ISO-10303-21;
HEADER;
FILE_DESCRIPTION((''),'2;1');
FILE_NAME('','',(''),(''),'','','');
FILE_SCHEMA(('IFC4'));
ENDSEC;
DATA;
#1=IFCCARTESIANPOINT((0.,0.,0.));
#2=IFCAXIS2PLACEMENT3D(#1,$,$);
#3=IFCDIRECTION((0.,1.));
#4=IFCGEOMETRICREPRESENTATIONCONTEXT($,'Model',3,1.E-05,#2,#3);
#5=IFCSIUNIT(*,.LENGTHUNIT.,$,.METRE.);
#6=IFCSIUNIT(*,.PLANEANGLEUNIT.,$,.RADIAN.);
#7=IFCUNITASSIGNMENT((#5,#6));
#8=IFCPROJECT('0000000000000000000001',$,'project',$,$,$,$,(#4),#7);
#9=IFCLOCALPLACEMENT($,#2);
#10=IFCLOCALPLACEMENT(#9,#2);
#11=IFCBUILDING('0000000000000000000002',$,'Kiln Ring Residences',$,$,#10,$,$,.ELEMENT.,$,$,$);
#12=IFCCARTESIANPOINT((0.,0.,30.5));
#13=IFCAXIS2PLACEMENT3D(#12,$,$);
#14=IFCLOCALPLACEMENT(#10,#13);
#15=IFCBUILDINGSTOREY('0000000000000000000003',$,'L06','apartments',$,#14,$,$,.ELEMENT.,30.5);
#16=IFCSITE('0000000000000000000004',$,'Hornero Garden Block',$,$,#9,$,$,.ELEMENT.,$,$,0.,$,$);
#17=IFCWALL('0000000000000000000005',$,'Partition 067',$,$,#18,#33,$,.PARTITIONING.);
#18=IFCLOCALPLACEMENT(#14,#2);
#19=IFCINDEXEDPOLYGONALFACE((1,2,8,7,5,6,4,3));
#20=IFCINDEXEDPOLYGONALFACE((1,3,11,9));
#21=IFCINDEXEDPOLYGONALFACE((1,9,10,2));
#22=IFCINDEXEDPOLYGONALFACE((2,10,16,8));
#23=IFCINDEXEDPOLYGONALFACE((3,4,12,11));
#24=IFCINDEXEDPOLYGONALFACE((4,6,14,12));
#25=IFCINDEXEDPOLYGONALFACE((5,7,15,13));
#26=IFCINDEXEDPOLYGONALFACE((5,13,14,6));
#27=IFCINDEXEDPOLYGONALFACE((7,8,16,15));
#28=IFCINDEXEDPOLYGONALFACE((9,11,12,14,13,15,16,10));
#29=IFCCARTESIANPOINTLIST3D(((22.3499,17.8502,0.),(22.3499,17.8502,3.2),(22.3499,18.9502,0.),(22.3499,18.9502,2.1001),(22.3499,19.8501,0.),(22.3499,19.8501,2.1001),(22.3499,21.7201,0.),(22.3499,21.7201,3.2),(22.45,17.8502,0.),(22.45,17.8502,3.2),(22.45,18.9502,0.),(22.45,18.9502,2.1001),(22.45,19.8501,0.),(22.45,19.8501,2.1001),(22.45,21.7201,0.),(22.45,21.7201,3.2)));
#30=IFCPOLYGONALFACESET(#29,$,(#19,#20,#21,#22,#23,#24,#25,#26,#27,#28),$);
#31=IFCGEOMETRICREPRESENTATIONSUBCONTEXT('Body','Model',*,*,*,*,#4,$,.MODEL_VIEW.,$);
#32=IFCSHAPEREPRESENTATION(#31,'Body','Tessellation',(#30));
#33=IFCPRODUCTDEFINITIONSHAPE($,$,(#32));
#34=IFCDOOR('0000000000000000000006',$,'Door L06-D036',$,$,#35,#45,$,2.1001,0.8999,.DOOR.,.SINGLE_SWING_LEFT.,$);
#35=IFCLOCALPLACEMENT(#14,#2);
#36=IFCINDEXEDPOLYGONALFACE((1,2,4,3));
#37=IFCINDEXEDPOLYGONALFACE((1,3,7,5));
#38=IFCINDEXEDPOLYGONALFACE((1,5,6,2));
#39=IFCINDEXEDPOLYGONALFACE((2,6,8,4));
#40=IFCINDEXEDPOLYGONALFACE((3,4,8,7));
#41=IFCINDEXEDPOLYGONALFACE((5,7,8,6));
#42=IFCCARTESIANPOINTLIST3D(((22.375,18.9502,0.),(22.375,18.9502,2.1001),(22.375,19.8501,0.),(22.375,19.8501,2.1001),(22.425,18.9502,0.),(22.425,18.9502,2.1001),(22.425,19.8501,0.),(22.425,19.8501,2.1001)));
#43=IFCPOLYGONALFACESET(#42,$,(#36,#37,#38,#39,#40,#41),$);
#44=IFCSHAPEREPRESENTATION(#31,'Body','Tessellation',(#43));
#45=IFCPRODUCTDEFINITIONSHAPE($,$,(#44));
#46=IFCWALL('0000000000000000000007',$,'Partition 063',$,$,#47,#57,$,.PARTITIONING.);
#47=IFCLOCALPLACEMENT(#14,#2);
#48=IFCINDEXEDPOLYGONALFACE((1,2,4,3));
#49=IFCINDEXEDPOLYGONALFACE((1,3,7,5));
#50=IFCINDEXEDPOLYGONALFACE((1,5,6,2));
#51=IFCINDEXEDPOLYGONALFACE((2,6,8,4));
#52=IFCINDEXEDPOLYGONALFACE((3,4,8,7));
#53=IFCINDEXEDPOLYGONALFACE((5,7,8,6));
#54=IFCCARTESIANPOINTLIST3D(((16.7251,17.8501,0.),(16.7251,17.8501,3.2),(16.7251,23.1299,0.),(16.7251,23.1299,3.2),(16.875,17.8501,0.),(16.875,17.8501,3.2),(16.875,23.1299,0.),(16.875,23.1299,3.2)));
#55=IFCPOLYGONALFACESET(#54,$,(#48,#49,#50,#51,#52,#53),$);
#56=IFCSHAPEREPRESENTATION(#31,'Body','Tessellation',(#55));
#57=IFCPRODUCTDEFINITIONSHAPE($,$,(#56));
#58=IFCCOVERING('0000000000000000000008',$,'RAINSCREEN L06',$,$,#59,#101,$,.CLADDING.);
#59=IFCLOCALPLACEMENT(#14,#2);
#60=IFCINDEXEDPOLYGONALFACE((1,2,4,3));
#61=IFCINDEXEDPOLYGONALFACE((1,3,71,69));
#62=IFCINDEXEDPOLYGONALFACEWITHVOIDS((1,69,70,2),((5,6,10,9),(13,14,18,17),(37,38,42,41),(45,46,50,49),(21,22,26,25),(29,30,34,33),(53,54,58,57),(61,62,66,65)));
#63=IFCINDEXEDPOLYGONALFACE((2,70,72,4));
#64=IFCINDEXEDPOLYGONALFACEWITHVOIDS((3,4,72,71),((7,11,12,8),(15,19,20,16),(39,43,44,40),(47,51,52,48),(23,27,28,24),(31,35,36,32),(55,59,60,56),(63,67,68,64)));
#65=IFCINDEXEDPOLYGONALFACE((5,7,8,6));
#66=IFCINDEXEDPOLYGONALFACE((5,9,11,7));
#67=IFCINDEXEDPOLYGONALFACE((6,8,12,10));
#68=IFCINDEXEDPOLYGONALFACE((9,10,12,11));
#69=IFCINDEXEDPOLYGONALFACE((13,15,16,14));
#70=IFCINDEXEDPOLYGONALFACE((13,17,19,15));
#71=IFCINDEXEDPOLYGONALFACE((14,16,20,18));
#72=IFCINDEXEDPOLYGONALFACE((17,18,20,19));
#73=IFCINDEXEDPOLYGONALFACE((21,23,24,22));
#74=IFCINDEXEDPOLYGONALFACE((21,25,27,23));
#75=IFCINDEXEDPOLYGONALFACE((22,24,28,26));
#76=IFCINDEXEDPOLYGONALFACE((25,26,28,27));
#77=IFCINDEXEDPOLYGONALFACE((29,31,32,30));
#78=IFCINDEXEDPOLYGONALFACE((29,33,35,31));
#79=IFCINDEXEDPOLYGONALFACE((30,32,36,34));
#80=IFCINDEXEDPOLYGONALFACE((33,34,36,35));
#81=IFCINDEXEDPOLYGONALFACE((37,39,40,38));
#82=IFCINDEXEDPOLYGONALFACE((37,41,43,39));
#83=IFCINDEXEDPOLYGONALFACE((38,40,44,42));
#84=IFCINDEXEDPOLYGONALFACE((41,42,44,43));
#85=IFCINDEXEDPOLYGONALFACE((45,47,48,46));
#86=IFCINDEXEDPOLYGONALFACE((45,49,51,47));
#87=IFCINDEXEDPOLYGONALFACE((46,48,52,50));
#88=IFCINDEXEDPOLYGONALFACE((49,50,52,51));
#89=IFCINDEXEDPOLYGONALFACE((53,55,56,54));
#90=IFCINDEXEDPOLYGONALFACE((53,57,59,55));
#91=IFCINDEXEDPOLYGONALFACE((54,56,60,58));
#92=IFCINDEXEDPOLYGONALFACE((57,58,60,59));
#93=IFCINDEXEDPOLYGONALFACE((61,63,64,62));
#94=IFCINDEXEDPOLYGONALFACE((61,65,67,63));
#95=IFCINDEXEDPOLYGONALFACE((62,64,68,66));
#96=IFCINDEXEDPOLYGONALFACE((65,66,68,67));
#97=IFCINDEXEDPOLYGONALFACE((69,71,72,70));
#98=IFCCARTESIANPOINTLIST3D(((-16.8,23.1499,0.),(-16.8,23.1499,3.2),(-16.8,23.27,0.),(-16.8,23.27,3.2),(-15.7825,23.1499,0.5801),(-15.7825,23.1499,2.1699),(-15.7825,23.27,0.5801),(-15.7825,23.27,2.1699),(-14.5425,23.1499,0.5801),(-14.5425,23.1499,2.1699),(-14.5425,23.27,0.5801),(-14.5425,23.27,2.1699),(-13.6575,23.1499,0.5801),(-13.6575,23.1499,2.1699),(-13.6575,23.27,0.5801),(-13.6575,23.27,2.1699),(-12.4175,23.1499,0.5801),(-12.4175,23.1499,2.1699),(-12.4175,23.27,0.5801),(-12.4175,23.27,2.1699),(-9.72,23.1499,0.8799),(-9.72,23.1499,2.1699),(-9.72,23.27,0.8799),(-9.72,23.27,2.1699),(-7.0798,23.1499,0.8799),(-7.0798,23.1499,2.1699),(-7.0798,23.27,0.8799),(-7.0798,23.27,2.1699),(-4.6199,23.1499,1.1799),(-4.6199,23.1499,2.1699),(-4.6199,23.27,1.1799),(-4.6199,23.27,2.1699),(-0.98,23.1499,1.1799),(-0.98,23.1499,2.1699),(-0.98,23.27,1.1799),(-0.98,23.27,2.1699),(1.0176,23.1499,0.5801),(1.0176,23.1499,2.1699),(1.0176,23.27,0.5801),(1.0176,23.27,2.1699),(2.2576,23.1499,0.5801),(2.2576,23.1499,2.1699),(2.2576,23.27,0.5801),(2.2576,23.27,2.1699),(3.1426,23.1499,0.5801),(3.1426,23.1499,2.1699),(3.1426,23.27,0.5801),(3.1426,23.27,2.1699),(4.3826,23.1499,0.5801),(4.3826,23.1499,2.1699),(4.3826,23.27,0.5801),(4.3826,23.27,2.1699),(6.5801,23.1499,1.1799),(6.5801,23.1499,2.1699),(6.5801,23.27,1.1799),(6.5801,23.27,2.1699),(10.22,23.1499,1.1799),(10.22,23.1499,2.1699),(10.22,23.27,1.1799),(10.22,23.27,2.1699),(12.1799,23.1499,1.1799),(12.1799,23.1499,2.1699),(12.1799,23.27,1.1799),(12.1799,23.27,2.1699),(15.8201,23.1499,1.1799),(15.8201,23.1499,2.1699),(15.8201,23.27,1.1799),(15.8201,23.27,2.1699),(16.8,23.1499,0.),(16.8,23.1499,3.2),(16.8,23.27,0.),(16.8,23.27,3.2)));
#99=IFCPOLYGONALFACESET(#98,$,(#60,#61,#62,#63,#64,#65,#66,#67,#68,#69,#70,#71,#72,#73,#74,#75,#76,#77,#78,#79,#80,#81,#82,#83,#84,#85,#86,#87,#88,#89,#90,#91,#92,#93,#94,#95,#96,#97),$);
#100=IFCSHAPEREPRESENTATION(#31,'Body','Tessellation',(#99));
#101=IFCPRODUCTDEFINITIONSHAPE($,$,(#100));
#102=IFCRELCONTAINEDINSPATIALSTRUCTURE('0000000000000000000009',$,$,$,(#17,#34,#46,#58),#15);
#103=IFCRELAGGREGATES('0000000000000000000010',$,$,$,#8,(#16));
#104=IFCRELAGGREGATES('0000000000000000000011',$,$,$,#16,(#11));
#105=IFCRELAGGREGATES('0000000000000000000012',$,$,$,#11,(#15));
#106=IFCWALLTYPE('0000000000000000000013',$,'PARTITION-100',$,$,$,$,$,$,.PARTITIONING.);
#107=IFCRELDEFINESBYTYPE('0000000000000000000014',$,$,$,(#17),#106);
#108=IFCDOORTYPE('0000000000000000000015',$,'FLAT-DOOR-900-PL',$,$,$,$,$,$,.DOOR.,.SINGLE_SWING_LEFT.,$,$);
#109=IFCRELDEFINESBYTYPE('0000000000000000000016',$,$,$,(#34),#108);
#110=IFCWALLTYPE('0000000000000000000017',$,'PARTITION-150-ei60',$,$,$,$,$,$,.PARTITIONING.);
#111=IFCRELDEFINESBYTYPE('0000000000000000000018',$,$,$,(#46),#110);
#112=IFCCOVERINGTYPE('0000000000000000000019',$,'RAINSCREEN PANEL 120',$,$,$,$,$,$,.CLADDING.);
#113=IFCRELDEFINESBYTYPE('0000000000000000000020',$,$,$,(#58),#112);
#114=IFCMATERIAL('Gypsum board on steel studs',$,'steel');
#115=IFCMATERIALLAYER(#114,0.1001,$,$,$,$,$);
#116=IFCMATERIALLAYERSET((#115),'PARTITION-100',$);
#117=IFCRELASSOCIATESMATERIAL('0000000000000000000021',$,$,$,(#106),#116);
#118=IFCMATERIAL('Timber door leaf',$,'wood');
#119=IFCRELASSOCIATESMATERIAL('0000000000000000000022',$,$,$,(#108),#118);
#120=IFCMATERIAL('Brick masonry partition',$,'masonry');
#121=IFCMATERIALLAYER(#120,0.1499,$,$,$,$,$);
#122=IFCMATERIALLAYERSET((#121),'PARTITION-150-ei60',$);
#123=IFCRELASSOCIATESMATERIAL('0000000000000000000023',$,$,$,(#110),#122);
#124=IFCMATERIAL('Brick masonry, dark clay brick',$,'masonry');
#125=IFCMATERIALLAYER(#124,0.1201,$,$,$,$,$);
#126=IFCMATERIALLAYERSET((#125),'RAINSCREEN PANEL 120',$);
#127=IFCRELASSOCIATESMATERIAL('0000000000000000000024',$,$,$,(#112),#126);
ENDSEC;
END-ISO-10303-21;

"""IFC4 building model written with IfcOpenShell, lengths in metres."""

from ifc_helpers import new_model, si_unit, direction, frame, frame_2d, origin, place, context, subcontext, project, spatial, polyline, rectangle, outline, extrude, material, layer, layer_set, type_object, element, fill, save


model = new_model("IFC4")

# Units and contexts
model_context = context("Model", 3, precision=1e-05, world=origin(), true_north=direction((0.0, 1.0)))
body_context = subcontext(model_context, "Body", "Model", "MODEL_VIEW")
ifc_project = project(units=[si_unit("LENGTHUNIT", "METRE"), si_unit("PLANEANGLEUNIT", "RADIAN")], contexts=[model_context])

# Site, building, storey
site_placement = place(None, origin())
site = spatial("IfcSite", under=ifc_project, at=site_placement, Name="Hornero Garden Block", CompositionType="ELEMENT", RefElevation=0.0)
building_placement = place(site_placement, origin())
building = spatial("IfcBuilding", under=site, at=building_placement, Name="Kiln Ring Residences", CompositionType="ELEMENT")
storey_placement = place(building_placement, frame((0.0, 0.0, 30.5)))
storey = spatial("IfcBuildingStorey", under=building, at=storey_placement, Name="L06", Description="apartments", CompositionType="ELEMENT", Elevation=30.5)

# Shared definitions
ifc_material_1 = material(Name="Gypsum board on steel studs", Category="steel")
ifc_layer_1 = layer(ifc_material_1, 0.1001)
ifc_layer_set_1 = layer_set([ifc_layer_1], Name="PARTITION-100")
wall_type_1 = type_object("IfcWallType", Name="PARTITION-100", PredefinedType="PARTITIONING", material=ifc_layer_set_1)

# Wall, opening, door
wall_1_placement = place(storey_placement, frame((22.3999, 17.8501, 0.0), z_axis=(0.0, 0.0, 1.0), x_axis=(0.0, 1.0, 0.0)))
wall_1 = element("IfcWall", 1, at=wall_1_placement, inside=storey, type_object=wall_type_1, Name="Partition 067", PredefinedType="PARTITIONING", context=body_context, shape_type="SweptSolid", body=[
    extrude(rectangle(XDim=3.8699, YDim=0.1001, at=frame_2d((1.9351, 0.0))), origin(), (0.0, 0.0, 1.0), 3.2),
])
opening_1_placement = place(wall_1_placement, frame((1.1001, 0.0, 0.0)))
opening_1 = element("IfcOpeningElement", 2, at=opening_1_placement, cuts=wall_1, PredefinedType="OPENING", context=body_context, shape_type="SweptSolid", body=[
    extrude(rectangle(XDim=0.8999, YDim=2.1001, at=frame_2d((0.45, 1.05))), frame((0.0, 0.0601, 0.0), z_axis=(0.0, -1.0, 0.0), x_axis=(1.0, 0.0, 0.0)), (0.0, 0.0, 1.0), 0.1201),
])
ifc_material_2 = material(Name="Timber door leaf", Category="wood")
door_type_1 = type_object("IfcDoorType", Name="FLAT-DOOR-900-PL", OperationType="SINGLE_SWING_LEFT", PredefinedType="DOOR", material=ifc_material_2)
door_1_placement = place(opening_1_placement, origin())
door_1 = element("IfcDoor", 3, at=door_1_placement, inside=storey, type_object=door_type_1, Name="Door L06-D036", OperationType="SINGLE_SWING_LEFT", OverallHeight=2.1001, OverallWidth=0.8999, PredefinedType="DOOR", context=body_context, shape_type="SweptSolid", body=[
    extrude(rectangle(XDim=0.8999, YDim=2.1001, at=frame_2d((0.45, 1.05))), frame((0.0, 0.0249, 0.0), z_axis=(0.0, -1.0, 0.0), x_axis=(1.0, 0.0, 0.0)), (0.0, 0.0, 1.0), 0.05),
])
fill(opening_1, door_1)

# Wall
ifc_material_3 = material(Name="Brick masonry partition", Category="masonry")
ifc_layer_2 = layer(ifc_material_3, 0.1499)
ifc_layer_set_2 = layer_set([ifc_layer_2], Name="PARTITION-150-ei60")
wall_type_2 = type_object("IfcWallType", Name="PARTITION-150-ei60", PredefinedType="PARTITIONING", material=ifc_layer_set_2)
wall_2_placement = place(storey_placement, frame((16.8, 17.8501, 0.0), z_axis=(0.0, 0.0, 1.0), x_axis=(0.0, 1.0, 0.0)))
element("IfcWall", 4, at=wall_2_placement, inside=storey, type_object=wall_type_2, Name="Partition 063", PredefinedType="PARTITIONING", context=body_context, shape_type="SweptSolid", body=[
    extrude(rectangle(XDim=5.2798, YDim=0.1499, at=frame_2d((2.6399, 0.0))), origin(), (0.0, 0.0, 1.0), 3.2),
])

# Covering
ifc_material_4 = material(Name="Brick masonry, dark clay brick", Category="masonry")
ifc_layer_3 = layer(ifc_material_4, 0.1201)
ifc_layer_set_3 = layer_set([ifc_layer_3], Name="RAINSCREEN PANEL 120")
covering_type = type_object("IfcCoveringType", Name="RAINSCREEN PANEL 120", PredefinedType="CLADDING", material=ifc_layer_set_3)
covering_placement = place(storey_placement, frame((16.8, 23.21, 0.0), z_axis=(0.0, 0.0, 1.0), x_axis=(-1.0, 0.0, 0.0)))
element("IfcCovering", 5, at=covering_placement, inside=storey, type_object=covering_type, Name="RAINSCREEN L06", PredefinedType="CLADDING", context=body_context, shape_type="SweptSolid", body=[
    extrude(outline(polyline([(0.0, 0.0), (33.6001, 0.0), (33.6001, 3.2), (0.0, 3.2), (0.0, 0.0)]), holes=[polyline([(12.4175, 0.5801), (13.6575, 0.5801), (13.6575, 2.1699), (12.4175, 2.1699), (12.4175, 0.5801)]), polyline([(14.5425, 0.5801), (15.7825, 0.5801), (15.7825, 2.1699), (14.5425, 2.1699), (14.5425, 0.5801)]), polyline([(29.2175, 0.5801), (30.4575, 0.5801), (30.4575, 2.1699), (29.2175, 2.1699), (29.2175, 0.5801)]), polyline([(31.3425, 0.5801), (32.5825, 0.5801), (32.5825, 2.1699), (31.3425, 2.1699), (31.3425, 0.5801)]), polyline([(23.8799, 0.8799), (26.52, 0.8799), (26.52, 2.1699), (23.8799, 2.1699), (23.8799, 0.8799)]), polyline([(0.98, 1.1799), (4.6201, 1.1799), (4.6201, 2.1699), (0.98, 2.1699), (0.98, 1.1799)]), polyline([(6.5801, 1.1799), (10.22, 1.1799), (10.22, 2.1699), (6.5801, 2.1699), (6.5801, 1.1799)]), polyline([(17.78, 1.1799), (21.4199, 1.1799), (21.4199, 2.1699), (17.78, 2.1699), (17.78, 1.1799)])]), frame((0.0, 0.0601, 0.0), z_axis=(0.0, -1.0, 0.0), x_axis=(1.0, 0.0, 0.0)), (0.0, 0.0, 1.0), 0.1201),
])

save(model, "model.ifc")
